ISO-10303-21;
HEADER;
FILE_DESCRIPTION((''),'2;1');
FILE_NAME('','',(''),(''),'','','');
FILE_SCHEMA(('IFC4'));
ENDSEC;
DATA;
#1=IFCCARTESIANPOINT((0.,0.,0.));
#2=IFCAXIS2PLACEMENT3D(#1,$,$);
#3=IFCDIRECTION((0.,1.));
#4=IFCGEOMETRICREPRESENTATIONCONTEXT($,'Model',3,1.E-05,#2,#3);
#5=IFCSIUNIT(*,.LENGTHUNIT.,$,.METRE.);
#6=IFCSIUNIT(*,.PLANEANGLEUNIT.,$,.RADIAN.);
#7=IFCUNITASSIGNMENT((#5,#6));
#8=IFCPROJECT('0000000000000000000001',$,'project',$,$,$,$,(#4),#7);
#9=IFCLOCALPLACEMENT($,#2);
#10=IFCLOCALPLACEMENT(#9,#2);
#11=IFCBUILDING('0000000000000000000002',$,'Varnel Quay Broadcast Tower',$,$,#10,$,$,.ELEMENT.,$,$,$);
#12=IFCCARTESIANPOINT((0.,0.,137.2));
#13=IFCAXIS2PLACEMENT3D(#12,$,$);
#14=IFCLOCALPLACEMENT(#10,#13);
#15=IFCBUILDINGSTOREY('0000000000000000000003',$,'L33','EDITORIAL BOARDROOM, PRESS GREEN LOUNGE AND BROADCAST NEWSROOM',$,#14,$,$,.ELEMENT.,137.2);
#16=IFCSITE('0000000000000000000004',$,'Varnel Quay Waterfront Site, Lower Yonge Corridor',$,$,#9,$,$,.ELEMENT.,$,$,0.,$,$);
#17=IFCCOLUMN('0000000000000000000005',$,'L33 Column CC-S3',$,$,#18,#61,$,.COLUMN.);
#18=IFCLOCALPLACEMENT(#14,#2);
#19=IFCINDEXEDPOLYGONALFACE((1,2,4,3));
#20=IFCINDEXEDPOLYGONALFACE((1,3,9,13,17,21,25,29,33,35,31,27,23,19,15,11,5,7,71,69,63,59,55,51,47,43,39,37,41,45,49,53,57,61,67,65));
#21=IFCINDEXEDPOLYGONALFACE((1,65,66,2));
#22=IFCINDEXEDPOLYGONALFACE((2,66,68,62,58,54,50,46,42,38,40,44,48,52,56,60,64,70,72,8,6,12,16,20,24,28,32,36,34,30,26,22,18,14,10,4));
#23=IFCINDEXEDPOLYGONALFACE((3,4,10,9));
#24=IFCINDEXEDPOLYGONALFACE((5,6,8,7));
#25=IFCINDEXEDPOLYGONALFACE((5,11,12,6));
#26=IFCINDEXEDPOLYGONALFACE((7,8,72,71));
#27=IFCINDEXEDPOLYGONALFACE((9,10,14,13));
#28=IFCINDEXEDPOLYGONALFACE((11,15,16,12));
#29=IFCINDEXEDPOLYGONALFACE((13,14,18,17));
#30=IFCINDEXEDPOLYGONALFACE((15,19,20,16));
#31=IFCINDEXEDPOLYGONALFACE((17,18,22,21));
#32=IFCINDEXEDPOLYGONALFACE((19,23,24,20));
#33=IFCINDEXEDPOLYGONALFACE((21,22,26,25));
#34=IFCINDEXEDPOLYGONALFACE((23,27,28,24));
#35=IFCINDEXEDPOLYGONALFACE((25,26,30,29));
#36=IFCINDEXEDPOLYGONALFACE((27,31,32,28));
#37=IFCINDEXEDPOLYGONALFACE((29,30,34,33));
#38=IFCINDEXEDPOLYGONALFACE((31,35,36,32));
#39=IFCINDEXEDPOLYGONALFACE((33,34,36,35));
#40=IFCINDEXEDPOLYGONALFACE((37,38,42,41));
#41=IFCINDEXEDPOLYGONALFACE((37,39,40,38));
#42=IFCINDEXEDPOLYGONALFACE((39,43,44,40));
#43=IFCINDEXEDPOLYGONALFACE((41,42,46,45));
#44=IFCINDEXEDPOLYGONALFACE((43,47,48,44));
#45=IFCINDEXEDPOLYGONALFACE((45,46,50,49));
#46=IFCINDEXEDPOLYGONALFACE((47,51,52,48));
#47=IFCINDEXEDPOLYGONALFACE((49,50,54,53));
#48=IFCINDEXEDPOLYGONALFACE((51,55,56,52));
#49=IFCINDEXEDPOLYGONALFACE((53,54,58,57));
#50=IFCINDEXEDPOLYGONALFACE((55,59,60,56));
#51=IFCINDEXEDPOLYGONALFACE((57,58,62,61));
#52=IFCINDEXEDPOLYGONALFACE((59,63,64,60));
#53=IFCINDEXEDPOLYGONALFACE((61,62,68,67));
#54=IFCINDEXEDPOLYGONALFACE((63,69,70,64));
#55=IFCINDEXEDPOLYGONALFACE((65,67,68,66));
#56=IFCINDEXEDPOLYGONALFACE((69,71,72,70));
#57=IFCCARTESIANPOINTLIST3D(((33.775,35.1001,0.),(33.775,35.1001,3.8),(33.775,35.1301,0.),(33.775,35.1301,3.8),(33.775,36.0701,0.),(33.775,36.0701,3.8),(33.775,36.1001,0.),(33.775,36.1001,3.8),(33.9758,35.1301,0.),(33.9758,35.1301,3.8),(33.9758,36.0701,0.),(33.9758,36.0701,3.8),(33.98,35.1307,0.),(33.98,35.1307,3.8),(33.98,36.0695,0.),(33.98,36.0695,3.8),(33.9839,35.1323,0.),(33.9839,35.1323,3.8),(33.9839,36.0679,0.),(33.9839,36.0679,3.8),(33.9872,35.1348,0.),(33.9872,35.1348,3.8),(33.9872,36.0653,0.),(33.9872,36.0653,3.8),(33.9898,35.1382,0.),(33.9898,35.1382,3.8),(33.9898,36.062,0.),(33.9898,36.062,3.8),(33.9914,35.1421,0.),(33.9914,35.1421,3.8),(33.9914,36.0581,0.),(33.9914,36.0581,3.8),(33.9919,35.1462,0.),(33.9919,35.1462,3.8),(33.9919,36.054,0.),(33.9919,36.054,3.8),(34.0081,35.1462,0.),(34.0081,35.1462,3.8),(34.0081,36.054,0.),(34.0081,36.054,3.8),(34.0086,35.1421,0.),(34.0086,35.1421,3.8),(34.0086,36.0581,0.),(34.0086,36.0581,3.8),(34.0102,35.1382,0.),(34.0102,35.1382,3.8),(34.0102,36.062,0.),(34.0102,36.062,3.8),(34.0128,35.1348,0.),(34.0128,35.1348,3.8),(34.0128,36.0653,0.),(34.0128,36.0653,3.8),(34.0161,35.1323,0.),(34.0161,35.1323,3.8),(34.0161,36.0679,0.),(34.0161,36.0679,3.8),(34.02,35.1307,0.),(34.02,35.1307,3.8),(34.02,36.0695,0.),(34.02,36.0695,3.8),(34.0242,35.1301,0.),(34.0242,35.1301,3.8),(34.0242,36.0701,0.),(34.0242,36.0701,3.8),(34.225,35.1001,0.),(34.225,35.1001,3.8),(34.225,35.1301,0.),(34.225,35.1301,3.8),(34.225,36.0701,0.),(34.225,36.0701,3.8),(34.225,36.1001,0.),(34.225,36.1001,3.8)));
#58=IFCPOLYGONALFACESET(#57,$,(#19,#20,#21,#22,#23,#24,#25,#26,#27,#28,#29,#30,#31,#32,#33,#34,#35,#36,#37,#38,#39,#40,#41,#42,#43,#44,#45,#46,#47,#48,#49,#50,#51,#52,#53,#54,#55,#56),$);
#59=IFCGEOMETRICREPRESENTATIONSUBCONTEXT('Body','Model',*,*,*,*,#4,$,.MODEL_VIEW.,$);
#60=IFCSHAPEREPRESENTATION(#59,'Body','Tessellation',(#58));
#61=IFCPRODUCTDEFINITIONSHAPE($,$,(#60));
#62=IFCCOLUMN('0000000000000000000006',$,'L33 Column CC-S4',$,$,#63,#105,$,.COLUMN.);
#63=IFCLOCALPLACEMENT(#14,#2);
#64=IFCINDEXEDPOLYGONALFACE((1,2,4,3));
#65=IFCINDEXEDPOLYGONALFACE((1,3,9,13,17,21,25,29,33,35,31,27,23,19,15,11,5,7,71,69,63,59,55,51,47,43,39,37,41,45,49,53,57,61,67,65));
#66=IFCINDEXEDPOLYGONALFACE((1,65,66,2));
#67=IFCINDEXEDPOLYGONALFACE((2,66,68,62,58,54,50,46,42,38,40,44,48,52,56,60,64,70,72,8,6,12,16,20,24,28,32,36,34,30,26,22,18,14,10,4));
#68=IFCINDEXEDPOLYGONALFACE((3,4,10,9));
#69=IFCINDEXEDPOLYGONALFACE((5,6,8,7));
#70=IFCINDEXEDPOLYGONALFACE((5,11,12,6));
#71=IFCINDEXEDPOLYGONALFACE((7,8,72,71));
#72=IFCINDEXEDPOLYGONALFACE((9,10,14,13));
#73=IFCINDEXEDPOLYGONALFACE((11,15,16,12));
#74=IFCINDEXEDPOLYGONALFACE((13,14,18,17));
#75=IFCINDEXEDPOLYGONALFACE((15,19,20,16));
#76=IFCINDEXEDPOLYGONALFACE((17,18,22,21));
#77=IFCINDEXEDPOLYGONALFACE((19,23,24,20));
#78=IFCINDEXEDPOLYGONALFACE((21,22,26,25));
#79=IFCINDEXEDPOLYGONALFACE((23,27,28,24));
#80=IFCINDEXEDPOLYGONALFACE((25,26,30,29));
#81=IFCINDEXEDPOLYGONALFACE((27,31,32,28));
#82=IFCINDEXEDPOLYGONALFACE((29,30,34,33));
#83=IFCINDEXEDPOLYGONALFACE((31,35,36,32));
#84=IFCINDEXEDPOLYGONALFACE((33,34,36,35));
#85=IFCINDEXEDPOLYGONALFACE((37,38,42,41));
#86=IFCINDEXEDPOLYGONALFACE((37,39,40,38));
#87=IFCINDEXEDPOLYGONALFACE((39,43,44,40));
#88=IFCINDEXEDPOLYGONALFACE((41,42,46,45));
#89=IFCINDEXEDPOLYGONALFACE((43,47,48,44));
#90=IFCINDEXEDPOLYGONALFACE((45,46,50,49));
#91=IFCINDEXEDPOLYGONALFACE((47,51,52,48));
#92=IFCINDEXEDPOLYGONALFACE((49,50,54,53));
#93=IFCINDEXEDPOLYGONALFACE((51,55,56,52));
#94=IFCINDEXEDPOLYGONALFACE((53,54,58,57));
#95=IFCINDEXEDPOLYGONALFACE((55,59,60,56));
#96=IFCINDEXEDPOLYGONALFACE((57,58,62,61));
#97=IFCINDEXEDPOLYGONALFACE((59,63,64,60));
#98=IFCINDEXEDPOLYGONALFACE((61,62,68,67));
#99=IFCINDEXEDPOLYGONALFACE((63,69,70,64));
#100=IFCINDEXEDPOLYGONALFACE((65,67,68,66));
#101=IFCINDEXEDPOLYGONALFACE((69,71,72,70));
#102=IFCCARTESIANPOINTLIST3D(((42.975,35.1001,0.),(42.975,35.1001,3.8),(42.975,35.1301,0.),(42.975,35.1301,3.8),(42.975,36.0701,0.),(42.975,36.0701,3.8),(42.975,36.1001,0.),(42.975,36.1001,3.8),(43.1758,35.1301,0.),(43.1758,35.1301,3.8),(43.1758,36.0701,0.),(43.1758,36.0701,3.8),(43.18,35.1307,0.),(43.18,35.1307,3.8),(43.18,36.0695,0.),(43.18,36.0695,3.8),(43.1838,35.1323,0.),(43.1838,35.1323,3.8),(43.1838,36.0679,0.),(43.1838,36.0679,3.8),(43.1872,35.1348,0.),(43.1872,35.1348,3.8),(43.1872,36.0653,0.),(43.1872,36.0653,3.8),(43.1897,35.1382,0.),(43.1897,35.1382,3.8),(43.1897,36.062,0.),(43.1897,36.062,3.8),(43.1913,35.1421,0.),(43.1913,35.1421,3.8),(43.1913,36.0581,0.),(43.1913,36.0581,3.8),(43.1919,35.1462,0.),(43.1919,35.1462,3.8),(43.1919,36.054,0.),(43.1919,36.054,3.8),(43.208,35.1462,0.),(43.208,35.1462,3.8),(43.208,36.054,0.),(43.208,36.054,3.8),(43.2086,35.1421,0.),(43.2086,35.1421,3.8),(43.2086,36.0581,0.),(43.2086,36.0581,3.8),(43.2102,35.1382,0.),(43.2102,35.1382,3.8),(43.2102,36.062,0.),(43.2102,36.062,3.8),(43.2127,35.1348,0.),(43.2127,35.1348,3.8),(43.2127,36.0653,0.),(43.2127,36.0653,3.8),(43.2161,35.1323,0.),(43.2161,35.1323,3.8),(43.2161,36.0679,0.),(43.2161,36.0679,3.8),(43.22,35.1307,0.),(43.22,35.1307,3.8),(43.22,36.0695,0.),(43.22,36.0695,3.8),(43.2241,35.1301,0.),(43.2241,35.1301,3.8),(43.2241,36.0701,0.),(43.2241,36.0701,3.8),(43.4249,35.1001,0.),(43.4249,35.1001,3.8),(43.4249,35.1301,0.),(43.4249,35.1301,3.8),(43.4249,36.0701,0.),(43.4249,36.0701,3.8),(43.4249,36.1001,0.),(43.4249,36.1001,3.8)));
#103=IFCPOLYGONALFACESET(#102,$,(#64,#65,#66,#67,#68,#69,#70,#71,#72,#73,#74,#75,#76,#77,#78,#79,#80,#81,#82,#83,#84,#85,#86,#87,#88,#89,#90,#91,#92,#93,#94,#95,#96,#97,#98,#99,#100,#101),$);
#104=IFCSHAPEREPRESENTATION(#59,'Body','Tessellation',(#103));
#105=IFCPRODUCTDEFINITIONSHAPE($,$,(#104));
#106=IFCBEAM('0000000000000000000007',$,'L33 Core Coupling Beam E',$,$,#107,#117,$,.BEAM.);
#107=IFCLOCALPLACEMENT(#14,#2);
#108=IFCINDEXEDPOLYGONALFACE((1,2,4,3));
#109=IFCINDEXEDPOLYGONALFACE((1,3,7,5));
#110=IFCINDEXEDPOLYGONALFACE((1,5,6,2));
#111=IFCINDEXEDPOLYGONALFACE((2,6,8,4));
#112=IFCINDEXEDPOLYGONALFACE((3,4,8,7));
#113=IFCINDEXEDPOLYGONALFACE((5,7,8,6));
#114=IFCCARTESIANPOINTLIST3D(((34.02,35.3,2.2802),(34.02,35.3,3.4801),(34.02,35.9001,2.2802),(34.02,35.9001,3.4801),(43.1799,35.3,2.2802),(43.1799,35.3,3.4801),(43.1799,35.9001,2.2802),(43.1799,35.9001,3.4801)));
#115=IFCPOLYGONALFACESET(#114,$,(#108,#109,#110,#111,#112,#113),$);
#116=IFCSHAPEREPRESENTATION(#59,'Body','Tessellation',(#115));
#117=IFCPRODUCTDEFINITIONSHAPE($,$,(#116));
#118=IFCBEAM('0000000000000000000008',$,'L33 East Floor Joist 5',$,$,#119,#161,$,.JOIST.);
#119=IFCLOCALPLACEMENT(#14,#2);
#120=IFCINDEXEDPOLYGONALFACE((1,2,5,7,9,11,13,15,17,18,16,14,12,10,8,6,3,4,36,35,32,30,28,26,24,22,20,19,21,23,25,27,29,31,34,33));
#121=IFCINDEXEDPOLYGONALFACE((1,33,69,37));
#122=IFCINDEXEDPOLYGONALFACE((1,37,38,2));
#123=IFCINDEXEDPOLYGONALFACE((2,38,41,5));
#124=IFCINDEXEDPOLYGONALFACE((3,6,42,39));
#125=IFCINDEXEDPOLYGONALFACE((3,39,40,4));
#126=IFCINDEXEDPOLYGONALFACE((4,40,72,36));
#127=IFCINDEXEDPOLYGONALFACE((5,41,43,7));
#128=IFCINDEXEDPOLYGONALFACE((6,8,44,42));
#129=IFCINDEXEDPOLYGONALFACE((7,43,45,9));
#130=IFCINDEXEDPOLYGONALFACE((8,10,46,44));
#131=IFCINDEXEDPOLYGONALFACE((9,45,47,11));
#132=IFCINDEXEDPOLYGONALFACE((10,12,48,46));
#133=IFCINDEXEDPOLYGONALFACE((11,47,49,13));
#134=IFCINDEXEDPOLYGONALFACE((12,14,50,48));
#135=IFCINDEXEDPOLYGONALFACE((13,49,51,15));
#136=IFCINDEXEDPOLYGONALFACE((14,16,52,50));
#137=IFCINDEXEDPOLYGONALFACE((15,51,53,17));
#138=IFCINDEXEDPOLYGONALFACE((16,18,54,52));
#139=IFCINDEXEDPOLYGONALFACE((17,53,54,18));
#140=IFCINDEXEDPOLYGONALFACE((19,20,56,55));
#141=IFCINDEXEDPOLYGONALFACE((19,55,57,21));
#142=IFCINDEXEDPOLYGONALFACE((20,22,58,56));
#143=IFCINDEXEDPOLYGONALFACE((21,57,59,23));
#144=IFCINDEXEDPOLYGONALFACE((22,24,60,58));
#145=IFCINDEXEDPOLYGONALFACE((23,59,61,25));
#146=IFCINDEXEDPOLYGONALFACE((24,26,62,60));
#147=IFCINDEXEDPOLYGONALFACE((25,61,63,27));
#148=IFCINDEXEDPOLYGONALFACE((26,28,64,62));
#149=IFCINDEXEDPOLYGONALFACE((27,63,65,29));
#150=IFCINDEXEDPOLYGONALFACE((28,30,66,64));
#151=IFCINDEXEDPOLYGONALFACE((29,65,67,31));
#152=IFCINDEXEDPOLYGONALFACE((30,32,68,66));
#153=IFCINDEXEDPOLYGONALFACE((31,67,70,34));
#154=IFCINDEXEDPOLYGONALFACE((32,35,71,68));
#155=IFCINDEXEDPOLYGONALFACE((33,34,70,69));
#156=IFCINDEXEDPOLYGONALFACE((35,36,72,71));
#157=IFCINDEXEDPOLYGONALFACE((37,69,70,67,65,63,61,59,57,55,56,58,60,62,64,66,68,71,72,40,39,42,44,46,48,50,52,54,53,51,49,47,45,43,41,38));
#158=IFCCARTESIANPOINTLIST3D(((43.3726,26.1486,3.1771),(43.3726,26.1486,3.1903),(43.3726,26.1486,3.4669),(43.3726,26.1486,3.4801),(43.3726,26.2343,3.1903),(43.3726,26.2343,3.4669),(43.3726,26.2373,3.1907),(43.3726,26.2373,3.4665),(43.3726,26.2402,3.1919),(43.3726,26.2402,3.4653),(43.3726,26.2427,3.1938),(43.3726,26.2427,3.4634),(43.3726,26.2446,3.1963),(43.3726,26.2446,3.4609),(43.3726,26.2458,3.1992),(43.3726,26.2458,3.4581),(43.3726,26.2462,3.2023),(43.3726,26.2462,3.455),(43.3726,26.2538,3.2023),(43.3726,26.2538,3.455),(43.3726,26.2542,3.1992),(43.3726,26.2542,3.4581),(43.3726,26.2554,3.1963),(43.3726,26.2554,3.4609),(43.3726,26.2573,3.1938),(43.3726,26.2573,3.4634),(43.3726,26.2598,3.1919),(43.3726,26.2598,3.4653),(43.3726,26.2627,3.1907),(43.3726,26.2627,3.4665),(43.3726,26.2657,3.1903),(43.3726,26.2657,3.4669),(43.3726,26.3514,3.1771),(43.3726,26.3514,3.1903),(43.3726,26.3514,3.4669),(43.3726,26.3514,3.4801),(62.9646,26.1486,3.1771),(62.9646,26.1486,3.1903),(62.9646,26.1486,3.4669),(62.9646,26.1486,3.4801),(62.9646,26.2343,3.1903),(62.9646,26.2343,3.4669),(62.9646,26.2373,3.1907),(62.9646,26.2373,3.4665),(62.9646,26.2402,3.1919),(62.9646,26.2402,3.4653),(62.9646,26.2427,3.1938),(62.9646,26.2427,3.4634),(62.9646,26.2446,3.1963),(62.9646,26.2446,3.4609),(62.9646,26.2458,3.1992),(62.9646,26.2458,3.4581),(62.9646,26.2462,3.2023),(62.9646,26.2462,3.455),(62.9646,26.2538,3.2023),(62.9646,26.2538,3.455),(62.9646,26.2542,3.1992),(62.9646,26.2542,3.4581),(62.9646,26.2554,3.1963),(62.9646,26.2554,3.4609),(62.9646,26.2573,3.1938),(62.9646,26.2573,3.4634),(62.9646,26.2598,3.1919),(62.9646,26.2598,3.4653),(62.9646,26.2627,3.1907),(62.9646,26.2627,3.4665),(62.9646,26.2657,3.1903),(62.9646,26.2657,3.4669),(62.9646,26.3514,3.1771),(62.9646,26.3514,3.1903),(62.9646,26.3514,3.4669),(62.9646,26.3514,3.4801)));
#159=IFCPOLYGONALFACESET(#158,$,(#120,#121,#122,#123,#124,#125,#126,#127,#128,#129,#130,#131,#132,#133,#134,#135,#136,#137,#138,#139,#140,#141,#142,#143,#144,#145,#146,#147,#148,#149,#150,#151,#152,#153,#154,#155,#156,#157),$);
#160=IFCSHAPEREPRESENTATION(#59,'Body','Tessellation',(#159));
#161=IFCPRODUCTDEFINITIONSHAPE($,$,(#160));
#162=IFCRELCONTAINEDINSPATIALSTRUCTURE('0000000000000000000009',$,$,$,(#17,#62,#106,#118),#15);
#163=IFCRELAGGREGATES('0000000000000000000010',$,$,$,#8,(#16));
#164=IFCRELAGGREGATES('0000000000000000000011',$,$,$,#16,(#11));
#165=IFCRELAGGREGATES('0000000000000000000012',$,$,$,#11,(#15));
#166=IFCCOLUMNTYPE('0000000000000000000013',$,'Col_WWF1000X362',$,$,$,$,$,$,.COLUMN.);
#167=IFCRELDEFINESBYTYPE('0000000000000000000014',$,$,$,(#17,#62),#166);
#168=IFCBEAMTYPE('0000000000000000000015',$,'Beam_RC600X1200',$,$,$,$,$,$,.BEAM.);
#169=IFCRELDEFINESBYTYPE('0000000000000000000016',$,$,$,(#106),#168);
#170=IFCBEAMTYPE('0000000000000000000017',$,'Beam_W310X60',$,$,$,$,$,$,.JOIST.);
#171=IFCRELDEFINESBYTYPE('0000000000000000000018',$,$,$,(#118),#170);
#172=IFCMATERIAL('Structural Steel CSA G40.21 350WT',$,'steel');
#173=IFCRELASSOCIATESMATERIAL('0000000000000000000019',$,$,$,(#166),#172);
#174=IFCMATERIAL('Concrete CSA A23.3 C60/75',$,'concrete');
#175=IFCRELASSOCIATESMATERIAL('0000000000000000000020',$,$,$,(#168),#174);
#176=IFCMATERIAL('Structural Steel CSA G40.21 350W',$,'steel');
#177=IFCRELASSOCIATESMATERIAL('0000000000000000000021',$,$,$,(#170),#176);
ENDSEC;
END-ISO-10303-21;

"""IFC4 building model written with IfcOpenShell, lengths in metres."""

from ifc_helpers import new_model, si_unit, direction, frame, origin, origin_2d, place, context, subcontext, project, spatial, rectangle, i_section, extrude, source, transform, mapped, material, material_profile, profile_set, type_object, type_shapes, element, save


model = new_model("IFC4")

# Units and contexts
model_context = context("Model", 3, precision=1e-05, world=origin(), true_north=direction((0.0, 1.0)))
body_context = subcontext(model_context, "Body", "Model", "MODEL_VIEW")
ifc_project = project(units=[si_unit("LENGTHUNIT", "METRE"), si_unit("PLANEANGLEUNIT", "RADIAN")], contexts=[model_context])

# Site, building, storey
site_placement = place(None, origin())
site = spatial("IfcSite", under=ifc_project, at=site_placement, Name="Varnel Quay Waterfront Site, Lower Yonge Corridor", CompositionType="ELEMENT", RefElevation=0.0)
building_placement = place(site_placement, origin())
building = spatial("IfcBuilding", under=site, at=building_placement, Name="Varnel Quay Broadcast Tower", CompositionType="ELEMENT")
storey_placement = place(building_placement, frame((0.0, 0.0, 137.2)))
storey = spatial("IfcBuildingStorey", under=building, at=storey_placement, Name="L33", Description="EDITORIAL BOARDROOM, PRESS GREEN LOUNGE AND BROADCAST NEWSROOM", CompositionType="ELEMENT", Elevation=137.2)

# Columns
ifc_material_1 = material(Name="Structural Steel CSA G40.21 350WT", Category="steel")
ifc_material_profile_1 = material_profile(ifc_material_1, i_section(OverallWidth=0.45, OverallDepth=1.0, WebThickness=0.0161, FlangeThickness=0.03, FilletRadius=0.0161, at=origin_2d()), Name="WWF1000X362")
ifc_profile_set_1 = profile_set([ifc_material_profile_1], Name="Structural Steel CSA G40.21 350WT")
column_type = type_object("IfcColumnType", Name="Col_WWF1000X362", PredefinedType="COLUMN", material=ifc_profile_set_1)
shared_shape_1 = source(origin(), body_context, "Body", "SweptSolid", [
    extrude(i_section(OverallWidth=0.45, OverallDepth=1.0, WebThickness=0.0161, FlangeThickness=0.03, FilletRadius=0.0161, at=origin_2d()), origin(), (0.0, 0.0, 1.0), 3.8),
])
type_shapes(column_type, [shared_shape_1])
for number, where, z_axis, x_axis, name in (
    (1, (34.0, 35.6001, 0.0), (0.0, 0.0, 1.0), (1.0, 0.0, 0.0), "L33 Column CC-S3"),
    (2, (43.2, 35.6001, 0.0), (0.0, 0.0, 1.0), (1.0, 0.0, 0.0), "L33 Column CC-S4"),
):
    element("IfcColumn", number, at=place(storey_placement, frame(where, z_axis=z_axis, x_axis=x_axis)), inside=storey, type_object=column_type, Name=name, PredefinedType="COLUMN", context=body_context, shape_type="MappedRepresentation", body=[
        mapped(shared_shape_1, transform((0.0, 0.0, 0.0), x_axis=(1.0, 0.0, 0.0), y_axis=(0.0, 1.0, 0.0), z_axis=(0.0, 0.0, 1.0), scale=1.0)),
    ])

# Beams
ifc_material_2 = material(Name="Concrete CSA A23.3 C60/75", Category="concrete")
ifc_material_profile_2 = material_profile(ifc_material_2, rectangle(XDim=0.6001, YDim=1.2, at=origin_2d()), Name="RC600X1200")
ifc_profile_set_2 = profile_set([ifc_material_profile_2], Name="Concrete CSA A23.3 C60/75")
beam_type_1 = type_object("IfcBeamType", Name="Beam_RC600X1200", PredefinedType="BEAM", material=ifc_profile_set_2)
shared_shape_2 = source(origin(), body_context, "Body", "SweptSolid", [
    extrude(rectangle(XDim=0.6001, YDim=1.2, at=origin_2d()), origin(), (0.0, 0.0, 1.0), 9.1599),
])
type_shapes(beam_type_1, [shared_shape_2])
beam_1_placement = place(storey_placement, frame((34.02, 35.6001, 2.8801), z_axis=(1.0, 0.0, 0.0), x_axis=(0.0, 1.0, 0.0)))
element("IfcBeam", 3, at=beam_1_placement, inside=storey, type_object=beam_type_1, Name="L33 Core Coupling Beam E", PredefinedType="BEAM", context=body_context, shape_type="MappedRepresentation", body=[
    mapped(shared_shape_2, transform((0.0, 0.0, 0.0), x_axis=(1.0, 0.0, 0.0), y_axis=(0.0, 1.0, 0.0), z_axis=(0.0, 0.0, 1.0), scale=1.0)),
])
ifc_material_3 = material(Name="Structural Steel CSA G40.21 350W", Category="steel")
ifc_material_profile_3 = material_profile(ifc_material_3, i_section(OverallWidth=0.2029, OverallDepth=0.303, WebThickness=0.0076, FlangeThickness=0.0132, FilletRadius=0.012, at=origin_2d()), Name="W310X60")
ifc_profile_set_3 = profile_set([ifc_material_profile_3], Name="Structural Steel CSA G40.21 350W")
beam_type_2 = type_object("IfcBeamType", Name="Beam_W310X60", PredefinedType="JOIST", material=ifc_profile_set_3)
shared_shape_3 = source(origin(), body_context, "Body", "SweptSolid", [
    extrude(i_section(OverallWidth=0.2029, OverallDepth=0.303, WebThickness=0.0076, FlangeThickness=0.0132, FilletRadius=0.012, at=origin_2d()), origin(), (0.0, 0.0, 1.0), 19.592),
])
type_shapes(beam_type_2, [shared_shape_3])
beam_2_placement = place(storey_placement, frame((43.3726, 26.25, 3.3286), z_axis=(1.0, 0.0, 0.0), x_axis=(0.0, 1.0, 0.0)))
element("IfcBeam", 4, at=beam_2_placement, inside=storey, type_object=beam_type_2, Name="L33 East Floor Joist 5", PredefinedType="JOIST", context=body_context, shape_type="MappedRepresentation", body=[
    mapped(shared_shape_3, transform((0.0, 0.0, 0.0), x_axis=(1.0, 0.0, 0.0), y_axis=(0.0, 1.0, 0.0), z_axis=(0.0, 0.0, 1.0), scale=1.0)),
])

save(model, "model.ifc")
